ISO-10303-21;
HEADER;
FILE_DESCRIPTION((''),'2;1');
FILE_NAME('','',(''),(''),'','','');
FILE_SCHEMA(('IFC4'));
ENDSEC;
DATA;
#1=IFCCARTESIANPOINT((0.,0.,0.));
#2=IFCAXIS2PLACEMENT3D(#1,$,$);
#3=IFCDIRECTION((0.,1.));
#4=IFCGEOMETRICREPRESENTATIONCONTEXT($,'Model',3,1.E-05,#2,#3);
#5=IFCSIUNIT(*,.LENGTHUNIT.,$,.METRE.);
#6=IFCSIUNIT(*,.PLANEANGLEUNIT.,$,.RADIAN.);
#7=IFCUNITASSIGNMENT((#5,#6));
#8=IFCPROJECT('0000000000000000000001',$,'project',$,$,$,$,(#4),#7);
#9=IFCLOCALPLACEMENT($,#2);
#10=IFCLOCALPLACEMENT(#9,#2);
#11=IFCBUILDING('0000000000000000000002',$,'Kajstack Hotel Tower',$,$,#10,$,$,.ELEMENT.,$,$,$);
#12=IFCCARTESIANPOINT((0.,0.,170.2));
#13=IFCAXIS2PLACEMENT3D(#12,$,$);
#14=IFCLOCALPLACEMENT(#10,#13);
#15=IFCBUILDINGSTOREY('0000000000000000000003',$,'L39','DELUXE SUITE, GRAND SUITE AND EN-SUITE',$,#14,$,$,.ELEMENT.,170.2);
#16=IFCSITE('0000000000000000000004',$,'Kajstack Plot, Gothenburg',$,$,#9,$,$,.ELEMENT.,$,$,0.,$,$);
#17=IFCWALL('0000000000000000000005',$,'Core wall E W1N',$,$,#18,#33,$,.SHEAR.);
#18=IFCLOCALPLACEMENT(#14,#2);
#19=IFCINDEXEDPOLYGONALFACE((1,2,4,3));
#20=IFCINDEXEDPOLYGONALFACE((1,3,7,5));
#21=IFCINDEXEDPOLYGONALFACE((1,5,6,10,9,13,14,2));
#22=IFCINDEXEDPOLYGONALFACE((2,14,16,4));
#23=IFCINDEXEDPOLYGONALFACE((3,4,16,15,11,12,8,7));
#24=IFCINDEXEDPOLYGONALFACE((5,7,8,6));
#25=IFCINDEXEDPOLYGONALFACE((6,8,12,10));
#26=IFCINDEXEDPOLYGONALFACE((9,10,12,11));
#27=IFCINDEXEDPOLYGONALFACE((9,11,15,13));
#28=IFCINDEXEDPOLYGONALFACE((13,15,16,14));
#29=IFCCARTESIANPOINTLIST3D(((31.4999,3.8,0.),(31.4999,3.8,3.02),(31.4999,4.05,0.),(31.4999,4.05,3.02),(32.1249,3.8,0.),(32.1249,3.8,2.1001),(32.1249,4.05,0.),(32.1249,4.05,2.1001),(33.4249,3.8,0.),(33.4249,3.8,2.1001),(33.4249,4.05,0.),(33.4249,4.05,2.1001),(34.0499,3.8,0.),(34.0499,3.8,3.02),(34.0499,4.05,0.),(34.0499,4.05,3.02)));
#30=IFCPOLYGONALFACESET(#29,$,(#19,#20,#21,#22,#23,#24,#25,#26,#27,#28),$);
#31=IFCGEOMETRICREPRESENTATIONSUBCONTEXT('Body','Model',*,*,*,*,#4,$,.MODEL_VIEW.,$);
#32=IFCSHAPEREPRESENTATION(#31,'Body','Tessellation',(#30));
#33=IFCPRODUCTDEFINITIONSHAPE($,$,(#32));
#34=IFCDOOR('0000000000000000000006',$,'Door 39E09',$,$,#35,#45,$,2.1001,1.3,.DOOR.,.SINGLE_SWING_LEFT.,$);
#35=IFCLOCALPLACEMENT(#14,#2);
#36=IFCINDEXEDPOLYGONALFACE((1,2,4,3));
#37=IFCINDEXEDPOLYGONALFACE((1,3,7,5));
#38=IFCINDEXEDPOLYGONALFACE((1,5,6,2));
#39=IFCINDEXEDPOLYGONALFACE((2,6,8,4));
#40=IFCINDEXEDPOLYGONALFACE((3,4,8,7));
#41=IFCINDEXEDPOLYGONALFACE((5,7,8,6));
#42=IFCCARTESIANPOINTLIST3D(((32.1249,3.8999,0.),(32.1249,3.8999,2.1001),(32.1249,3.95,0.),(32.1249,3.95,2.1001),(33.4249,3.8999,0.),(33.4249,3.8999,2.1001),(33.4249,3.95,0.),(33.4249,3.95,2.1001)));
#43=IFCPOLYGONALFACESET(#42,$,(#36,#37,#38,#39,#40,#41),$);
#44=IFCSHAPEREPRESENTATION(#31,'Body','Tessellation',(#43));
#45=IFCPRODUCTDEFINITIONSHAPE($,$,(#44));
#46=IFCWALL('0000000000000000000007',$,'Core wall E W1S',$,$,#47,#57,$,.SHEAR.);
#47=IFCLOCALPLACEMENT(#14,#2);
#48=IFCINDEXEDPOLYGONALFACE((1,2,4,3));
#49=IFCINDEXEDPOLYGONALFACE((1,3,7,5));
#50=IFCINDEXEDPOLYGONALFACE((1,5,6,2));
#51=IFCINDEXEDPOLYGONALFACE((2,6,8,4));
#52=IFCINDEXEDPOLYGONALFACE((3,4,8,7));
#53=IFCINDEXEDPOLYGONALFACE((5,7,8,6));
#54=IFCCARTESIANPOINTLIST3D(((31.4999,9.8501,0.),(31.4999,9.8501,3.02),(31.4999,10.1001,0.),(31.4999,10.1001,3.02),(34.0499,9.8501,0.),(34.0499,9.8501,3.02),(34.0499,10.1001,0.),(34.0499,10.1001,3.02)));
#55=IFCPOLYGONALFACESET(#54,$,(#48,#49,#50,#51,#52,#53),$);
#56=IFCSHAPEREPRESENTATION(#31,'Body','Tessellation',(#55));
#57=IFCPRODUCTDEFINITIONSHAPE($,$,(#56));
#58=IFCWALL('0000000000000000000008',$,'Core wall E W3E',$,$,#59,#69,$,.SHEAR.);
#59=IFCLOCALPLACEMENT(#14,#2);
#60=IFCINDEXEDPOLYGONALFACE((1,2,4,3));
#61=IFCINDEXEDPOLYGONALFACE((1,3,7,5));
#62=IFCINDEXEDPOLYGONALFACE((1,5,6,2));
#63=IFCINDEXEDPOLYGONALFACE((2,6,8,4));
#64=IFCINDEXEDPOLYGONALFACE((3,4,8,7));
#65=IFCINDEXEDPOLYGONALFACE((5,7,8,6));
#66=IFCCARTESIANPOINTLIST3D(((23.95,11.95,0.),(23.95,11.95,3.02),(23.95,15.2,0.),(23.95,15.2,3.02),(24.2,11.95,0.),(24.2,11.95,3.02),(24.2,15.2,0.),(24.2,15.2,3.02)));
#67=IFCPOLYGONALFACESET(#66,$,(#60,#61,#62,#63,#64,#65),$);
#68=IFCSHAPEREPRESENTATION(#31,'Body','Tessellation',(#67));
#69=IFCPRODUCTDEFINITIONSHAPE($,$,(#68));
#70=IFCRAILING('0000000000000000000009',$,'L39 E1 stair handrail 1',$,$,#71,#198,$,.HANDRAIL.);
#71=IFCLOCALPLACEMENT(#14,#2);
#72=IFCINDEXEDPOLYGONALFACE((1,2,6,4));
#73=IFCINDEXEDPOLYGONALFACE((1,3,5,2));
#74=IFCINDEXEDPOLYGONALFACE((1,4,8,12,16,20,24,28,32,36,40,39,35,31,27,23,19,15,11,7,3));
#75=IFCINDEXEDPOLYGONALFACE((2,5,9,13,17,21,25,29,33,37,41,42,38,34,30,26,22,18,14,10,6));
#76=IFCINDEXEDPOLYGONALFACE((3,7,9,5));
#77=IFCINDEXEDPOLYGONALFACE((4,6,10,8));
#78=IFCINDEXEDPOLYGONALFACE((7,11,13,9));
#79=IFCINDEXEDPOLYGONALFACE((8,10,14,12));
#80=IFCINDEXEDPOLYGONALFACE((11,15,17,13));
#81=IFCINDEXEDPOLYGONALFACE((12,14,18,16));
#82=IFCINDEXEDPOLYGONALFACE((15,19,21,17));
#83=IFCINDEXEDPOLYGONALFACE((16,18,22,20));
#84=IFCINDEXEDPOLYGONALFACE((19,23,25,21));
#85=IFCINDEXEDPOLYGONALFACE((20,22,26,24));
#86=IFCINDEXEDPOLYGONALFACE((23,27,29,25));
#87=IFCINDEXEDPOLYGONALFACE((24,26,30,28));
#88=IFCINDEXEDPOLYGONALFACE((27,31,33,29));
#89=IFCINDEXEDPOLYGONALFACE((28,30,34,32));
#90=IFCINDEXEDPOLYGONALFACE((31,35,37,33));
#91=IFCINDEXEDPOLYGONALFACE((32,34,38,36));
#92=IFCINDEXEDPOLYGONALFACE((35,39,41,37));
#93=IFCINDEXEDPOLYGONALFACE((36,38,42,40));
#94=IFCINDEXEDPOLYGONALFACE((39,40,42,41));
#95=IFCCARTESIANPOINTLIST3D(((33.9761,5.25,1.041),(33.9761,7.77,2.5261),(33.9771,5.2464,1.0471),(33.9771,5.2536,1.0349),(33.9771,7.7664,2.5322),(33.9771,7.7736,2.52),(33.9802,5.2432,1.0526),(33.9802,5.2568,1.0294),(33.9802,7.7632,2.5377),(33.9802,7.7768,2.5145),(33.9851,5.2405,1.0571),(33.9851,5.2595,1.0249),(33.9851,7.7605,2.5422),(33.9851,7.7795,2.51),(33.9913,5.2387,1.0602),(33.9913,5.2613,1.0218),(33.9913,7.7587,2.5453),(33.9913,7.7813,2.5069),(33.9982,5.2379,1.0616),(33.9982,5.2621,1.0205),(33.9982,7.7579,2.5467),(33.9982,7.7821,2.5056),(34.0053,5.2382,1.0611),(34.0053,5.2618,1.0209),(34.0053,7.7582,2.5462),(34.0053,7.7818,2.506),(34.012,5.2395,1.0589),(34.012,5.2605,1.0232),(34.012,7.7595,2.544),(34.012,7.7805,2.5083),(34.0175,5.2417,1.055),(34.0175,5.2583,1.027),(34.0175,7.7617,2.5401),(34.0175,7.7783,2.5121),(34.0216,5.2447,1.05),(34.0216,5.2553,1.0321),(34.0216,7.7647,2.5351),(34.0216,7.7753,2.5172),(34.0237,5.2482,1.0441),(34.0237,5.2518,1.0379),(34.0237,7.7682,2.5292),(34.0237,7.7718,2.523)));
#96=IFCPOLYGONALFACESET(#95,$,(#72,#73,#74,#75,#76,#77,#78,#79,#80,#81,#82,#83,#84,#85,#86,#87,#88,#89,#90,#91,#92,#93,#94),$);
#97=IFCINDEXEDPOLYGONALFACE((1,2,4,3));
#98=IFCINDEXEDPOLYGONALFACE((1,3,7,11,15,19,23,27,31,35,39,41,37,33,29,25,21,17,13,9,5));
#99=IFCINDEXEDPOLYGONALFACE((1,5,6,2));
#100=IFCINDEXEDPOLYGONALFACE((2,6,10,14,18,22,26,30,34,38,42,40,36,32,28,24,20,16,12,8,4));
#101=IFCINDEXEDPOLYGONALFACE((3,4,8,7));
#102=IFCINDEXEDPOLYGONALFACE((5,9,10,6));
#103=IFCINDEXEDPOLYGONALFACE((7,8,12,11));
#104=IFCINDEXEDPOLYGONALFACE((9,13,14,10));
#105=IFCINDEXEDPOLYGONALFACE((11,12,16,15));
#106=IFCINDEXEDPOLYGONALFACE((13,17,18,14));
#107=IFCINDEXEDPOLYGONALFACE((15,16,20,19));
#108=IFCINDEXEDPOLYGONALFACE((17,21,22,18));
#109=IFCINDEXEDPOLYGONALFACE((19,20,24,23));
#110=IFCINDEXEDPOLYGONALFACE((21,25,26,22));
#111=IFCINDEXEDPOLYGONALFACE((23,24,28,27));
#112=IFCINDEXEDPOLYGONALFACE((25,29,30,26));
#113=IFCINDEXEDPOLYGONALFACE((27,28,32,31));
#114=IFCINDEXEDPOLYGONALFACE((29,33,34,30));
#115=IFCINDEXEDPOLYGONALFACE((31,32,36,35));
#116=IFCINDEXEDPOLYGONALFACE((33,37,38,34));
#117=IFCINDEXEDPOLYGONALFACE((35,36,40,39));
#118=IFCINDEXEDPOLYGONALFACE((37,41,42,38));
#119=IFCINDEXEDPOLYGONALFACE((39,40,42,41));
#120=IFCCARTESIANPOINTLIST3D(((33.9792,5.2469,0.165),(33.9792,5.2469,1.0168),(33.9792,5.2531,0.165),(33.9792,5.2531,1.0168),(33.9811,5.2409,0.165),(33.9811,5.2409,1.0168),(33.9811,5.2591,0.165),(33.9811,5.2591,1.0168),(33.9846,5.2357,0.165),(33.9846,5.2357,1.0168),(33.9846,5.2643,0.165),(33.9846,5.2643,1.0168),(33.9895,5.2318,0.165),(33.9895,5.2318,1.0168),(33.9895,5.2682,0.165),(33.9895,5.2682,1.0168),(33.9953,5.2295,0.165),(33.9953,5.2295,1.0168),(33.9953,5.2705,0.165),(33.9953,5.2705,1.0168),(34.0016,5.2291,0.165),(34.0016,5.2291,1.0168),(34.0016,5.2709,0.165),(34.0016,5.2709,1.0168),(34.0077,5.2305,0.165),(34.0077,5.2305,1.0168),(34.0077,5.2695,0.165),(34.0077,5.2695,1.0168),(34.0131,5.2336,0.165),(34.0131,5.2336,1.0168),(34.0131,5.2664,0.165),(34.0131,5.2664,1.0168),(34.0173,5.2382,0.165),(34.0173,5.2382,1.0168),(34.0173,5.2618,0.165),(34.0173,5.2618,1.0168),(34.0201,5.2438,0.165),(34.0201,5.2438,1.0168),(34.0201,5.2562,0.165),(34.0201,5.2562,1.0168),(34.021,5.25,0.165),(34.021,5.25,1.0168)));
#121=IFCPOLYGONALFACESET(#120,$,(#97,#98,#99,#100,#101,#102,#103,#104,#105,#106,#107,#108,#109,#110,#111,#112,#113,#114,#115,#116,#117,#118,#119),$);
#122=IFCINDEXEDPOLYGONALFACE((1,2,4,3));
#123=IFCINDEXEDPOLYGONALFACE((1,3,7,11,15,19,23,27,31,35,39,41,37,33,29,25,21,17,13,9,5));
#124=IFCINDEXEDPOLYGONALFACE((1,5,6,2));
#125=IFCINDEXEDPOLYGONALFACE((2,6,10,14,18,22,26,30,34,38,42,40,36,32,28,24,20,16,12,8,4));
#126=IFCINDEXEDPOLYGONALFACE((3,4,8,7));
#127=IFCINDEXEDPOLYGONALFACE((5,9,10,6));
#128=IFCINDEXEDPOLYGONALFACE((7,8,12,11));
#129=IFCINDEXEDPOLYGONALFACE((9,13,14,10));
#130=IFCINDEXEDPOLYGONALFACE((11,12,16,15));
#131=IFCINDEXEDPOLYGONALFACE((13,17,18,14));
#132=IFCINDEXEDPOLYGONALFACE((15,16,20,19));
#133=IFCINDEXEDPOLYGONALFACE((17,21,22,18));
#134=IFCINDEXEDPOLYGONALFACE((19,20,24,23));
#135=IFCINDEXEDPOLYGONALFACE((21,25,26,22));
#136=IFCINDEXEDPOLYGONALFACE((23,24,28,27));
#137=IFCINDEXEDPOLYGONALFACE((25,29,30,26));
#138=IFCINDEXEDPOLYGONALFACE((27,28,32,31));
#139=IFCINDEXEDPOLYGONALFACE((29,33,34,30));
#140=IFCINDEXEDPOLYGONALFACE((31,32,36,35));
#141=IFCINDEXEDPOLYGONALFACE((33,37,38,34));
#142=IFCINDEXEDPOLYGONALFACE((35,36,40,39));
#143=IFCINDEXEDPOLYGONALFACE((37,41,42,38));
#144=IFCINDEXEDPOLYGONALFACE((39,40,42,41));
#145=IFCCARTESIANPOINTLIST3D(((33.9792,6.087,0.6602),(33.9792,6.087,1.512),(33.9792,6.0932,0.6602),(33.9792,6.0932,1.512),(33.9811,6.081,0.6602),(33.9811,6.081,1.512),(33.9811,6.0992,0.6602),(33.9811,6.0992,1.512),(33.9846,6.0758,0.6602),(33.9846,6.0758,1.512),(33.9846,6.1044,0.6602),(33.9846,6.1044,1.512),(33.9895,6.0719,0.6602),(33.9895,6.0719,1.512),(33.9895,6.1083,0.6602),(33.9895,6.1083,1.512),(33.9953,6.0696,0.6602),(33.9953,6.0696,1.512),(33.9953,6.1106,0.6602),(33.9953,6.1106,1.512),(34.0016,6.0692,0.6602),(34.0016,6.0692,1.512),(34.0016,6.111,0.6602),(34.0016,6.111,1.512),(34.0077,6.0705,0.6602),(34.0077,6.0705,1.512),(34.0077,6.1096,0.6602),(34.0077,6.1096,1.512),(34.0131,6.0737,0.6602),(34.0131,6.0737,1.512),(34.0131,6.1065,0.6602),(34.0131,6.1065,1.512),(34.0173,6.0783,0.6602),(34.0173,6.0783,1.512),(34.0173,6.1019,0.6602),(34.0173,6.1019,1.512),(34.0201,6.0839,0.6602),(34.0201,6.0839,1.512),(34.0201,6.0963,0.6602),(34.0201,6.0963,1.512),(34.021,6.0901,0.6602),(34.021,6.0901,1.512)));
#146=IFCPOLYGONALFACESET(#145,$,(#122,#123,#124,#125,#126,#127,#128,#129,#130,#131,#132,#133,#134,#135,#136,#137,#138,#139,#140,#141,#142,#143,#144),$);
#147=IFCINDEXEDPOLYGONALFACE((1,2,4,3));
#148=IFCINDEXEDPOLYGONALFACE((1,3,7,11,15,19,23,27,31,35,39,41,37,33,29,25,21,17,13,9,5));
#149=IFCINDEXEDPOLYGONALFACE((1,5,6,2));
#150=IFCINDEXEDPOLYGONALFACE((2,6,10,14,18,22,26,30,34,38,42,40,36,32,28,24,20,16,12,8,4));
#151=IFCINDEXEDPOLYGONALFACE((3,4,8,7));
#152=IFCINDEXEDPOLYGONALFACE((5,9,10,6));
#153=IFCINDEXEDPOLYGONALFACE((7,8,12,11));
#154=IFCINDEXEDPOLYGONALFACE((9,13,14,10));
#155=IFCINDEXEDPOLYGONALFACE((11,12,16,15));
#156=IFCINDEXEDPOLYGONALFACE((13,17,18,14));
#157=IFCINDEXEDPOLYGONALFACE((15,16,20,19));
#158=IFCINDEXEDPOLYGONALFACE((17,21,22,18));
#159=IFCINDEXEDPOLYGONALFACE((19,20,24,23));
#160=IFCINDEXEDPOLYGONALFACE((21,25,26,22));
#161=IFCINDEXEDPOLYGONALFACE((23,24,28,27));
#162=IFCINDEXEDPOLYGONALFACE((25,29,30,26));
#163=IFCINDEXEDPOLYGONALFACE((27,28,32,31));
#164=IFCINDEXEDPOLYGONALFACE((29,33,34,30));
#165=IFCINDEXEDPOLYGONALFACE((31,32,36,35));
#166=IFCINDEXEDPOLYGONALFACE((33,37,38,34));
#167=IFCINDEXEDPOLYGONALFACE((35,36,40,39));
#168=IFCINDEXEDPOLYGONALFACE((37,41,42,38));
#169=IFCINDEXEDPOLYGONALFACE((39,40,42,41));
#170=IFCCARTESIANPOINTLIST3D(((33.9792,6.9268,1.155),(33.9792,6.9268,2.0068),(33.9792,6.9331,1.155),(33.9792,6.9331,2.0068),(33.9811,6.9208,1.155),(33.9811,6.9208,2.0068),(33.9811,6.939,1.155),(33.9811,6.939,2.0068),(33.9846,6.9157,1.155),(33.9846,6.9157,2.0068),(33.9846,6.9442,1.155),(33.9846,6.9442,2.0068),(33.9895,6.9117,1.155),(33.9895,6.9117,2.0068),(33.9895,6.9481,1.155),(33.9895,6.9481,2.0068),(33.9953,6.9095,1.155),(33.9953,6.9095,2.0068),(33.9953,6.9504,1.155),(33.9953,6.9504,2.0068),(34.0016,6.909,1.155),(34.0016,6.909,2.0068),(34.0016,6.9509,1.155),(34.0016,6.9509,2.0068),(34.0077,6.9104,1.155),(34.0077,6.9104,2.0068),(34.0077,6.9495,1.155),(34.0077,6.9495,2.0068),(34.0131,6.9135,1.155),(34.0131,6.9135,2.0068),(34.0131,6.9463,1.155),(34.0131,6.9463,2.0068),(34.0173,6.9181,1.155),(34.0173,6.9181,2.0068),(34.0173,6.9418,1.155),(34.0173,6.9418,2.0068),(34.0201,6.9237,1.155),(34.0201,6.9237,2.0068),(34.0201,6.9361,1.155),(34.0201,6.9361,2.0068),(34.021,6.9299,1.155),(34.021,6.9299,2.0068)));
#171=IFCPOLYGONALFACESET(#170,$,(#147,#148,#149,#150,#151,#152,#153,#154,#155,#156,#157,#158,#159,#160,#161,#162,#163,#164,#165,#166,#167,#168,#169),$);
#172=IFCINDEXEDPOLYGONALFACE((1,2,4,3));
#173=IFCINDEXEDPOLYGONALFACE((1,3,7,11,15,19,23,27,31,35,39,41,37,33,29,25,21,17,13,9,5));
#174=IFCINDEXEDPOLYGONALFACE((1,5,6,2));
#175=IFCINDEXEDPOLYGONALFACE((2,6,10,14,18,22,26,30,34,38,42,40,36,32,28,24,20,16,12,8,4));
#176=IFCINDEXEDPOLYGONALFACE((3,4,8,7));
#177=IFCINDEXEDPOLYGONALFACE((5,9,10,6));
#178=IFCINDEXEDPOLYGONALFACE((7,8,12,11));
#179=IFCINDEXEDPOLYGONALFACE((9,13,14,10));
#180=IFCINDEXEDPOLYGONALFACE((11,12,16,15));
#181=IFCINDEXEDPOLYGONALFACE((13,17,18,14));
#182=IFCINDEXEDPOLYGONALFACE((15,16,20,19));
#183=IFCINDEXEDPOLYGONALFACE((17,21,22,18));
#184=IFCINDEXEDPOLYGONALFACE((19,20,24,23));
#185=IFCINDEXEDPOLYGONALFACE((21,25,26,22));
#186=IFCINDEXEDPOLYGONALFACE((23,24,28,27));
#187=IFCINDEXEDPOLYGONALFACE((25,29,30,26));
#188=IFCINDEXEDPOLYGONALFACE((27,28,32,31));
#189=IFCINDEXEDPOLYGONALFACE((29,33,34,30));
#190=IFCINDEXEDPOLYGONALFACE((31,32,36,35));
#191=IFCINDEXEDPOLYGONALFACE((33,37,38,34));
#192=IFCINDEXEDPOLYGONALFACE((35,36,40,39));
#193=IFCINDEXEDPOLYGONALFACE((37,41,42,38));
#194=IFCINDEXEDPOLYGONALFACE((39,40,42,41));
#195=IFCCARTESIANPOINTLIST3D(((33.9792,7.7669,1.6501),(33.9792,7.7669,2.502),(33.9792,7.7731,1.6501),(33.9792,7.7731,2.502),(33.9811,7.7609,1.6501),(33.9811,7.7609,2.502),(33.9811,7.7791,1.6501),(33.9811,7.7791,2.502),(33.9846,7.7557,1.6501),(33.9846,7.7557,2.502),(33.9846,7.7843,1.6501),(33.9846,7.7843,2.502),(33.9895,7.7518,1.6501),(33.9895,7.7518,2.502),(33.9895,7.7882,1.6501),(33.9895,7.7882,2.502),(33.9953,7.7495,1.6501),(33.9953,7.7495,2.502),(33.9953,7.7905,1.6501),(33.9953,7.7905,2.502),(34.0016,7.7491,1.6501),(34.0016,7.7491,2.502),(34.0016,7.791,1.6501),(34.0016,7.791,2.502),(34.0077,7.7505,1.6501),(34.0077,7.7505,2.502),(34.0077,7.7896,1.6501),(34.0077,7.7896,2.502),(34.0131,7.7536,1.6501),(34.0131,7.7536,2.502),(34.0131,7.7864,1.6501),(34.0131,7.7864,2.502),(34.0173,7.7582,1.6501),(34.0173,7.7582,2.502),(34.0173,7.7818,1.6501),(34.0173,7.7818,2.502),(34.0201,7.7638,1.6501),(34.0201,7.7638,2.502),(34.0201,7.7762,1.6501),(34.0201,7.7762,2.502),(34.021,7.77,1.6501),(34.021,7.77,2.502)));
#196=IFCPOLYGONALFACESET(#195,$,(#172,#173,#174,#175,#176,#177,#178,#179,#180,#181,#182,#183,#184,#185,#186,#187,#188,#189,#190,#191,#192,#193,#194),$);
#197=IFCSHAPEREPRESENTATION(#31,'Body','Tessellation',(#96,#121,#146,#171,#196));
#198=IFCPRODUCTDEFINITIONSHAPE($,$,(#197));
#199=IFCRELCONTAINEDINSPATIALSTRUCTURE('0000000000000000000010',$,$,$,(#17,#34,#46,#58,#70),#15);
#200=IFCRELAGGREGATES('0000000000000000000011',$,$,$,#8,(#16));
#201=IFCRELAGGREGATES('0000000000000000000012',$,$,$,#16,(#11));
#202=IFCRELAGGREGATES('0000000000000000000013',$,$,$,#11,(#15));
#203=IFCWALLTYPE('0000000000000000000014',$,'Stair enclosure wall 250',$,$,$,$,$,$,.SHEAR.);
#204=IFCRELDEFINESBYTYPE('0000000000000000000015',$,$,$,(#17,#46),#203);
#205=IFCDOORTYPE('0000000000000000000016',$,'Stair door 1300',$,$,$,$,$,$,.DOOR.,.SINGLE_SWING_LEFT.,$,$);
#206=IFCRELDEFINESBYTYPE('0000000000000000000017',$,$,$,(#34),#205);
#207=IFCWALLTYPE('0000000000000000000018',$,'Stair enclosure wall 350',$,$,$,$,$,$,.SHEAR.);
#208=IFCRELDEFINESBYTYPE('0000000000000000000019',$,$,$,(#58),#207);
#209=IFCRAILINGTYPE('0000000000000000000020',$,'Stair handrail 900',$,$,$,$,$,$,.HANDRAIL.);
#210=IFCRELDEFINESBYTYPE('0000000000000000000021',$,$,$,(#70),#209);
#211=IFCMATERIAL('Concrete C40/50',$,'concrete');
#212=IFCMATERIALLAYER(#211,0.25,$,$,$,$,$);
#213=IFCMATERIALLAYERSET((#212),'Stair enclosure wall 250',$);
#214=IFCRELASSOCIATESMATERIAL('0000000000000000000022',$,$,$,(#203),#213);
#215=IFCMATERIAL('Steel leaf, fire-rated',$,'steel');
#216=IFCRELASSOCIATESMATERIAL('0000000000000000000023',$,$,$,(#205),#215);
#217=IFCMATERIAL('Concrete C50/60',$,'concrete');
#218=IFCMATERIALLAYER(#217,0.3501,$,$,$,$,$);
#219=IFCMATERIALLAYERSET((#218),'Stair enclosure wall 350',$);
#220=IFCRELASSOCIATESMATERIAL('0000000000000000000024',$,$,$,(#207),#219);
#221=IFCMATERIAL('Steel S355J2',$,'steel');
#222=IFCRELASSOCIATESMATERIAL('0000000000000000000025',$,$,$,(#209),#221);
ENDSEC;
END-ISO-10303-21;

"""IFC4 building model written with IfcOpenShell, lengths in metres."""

from ifc_helpers import new_model, si_unit, direction, frame, frame_2d, origin, origin_2d, place, context, subcontext, project, spatial, rectangle, circle, extrude, material, layer, layer_set, type_object, element, fill, save


model = new_model("IFC4")

# Units and contexts
model_context = context("Model", 3, precision=1e-05, world=origin(), true_north=direction((0.0, 1.0)))
body_context = subcontext(model_context, "Body", "Model", "MODEL_VIEW")
ifc_project = project(units=[si_unit("LENGTHUNIT", "METRE"), si_unit("PLANEANGLEUNIT", "RADIAN")], contexts=[model_context])

# Site, building, storey
site_placement = place(None, origin())
site = spatial("IfcSite", under=ifc_project, at=site_placement, Name="Kajstack Plot, Gothenburg", CompositionType="ELEMENT", RefElevation=0.0)
building_placement = place(site_placement, origin())
building = spatial("IfcBuilding", under=site, at=building_placement, Name="Kajstack Hotel Tower", CompositionType="ELEMENT")
storey_placement = place(building_placement, frame((0.0, 0.0, 170.2)))
storey = spatial("IfcBuildingStorey", under=building, at=storey_placement, Name="L39", Description="DELUXE SUITE, GRAND SUITE AND EN-SUITE", CompositionType="ELEMENT", Elevation=170.2)

# Shared definitions
ifc_material_1 = material(Name="Concrete C40/50", Category="concrete")
ifc_material_2 = material(Name="Concrete C50/60", Category="concrete")

# Wall, opening, door
ifc_layer_1 = layer(ifc_material_1, 0.25)
ifc_layer_set_1 = layer_set([ifc_layer_1], Name="Stair enclosure wall 250")
wall_type_1 = type_object("IfcWallType", Name="Stair enclosure wall 250", PredefinedType="SHEAR", material=ifc_layer_set_1)
wall_1_placement = place(storey_placement, frame((31.5, 3.925, 0.0), z_axis=(0.0, 0.0, 1.0), x_axis=(1.0, 0.0, 0.0)))
wall_1 = element("IfcWall", 1, at=wall_1_placement, inside=storey, type_object=wall_type_1, Name="Core wall E W1N", PredefinedType="SHEAR", context=body_context, shape_type="SweptSolid", body=[
    extrude(rectangle(XDim=2.55, YDim=0.25, at=frame_2d((1.2749, 0.0))), origin(), (0.0, 0.0, 1.0), 3.02),
])
opening_1_placement = place(wall_1_placement, frame((0.625, 0.0, 0.0)))
opening_1 = element("IfcOpeningElement", 2, at=opening_1_placement, cuts=wall_1, PredefinedType="OPENING", context=body_context, shape_type="SweptSolid", body=[
    extrude(rectangle(XDim=1.3, YDim=2.1001, at=frame_2d((0.6499, 1.05))), frame((0.0, 0.135, 0.0), z_axis=(0.0, -1.0, 0.0), x_axis=(1.0, 0.0, 0.0)), (0.0, 0.0, 1.0), 0.27),
])
ifc_material_3 = material(Name="Steel leaf, fire-rated", Category="steel")
door_type_1 = type_object("IfcDoorType", Name="Stair door 1300", OperationType="SINGLE_SWING_LEFT", PredefinedType="DOOR", material=ifc_material_3)
door_1_placement = place(opening_1_placement, origin())
door_1 = element("IfcDoor", 3, at=door_1_placement, inside=storey, type_object=door_type_1, Name="Door 39E09", OperationType="SINGLE_SWING_LEFT", OverallHeight=2.1001, OverallWidth=1.3, PredefinedType="DOOR", context=body_context, shape_type="SweptSolid", body=[
    extrude(rectangle(XDim=1.3, YDim=2.1001, at=frame_2d((0.6499, 1.05))), frame((0.0, 0.0249, 0.0), z_axis=(0.0, -1.0, 0.0), x_axis=(1.0, 0.0, 0.0)), (0.0, 0.0, 1.0), 0.05),
])
fill(opening_1, door_1)

# Walls
wall_2_placement = place(storey_placement, frame((31.5, 9.9751, 0.0), z_axis=(0.0, 0.0, 1.0), x_axis=(1.0, 0.0, 0.0)))
element("IfcWall", 4, at=wall_2_placement, inside=storey, type_object=wall_type_1, Name="Core wall E W1S", PredefinedType="SHEAR", context=body_context, shape_type="SweptSolid", body=[
    extrude(rectangle(XDim=2.55, YDim=0.25, at=frame_2d((1.2749, 0.0))), origin(), (0.0, 0.0, 1.0), 3.02),
])
ifc_layer_2 = layer(ifc_material_2, 0.3501)
ifc_layer_set_2 = layer_set([ifc_layer_2], Name="Stair enclosure wall 350")
wall_type_2 = type_object("IfcWallType", Name="Stair enclosure wall 350", PredefinedType="SHEAR", material=ifc_layer_set_2)
wall_3_placement = place(storey_placement, frame((24.075, 11.95, 0.0), z_axis=(0.0, 0.0, 1.0), x_axis=(0.0, 1.0, 0.0)))
element("IfcWall", 5, at=wall_3_placement, inside=storey, type_object=wall_type_2, Name="Core wall E W3E", PredefinedType="SHEAR", context=body_context, shape_type="SweptSolid", body=[
    extrude(rectangle(XDim=3.25, YDim=0.25, at=frame_2d((1.625, 0.0))), origin(), (0.0, 0.0, 1.0), 3.02),
])

# Railing
ifc_material_4 = material(Name="Steel S355J2", Category="steel")
railing_type_1 = type_object("IfcRailingType", Name="Stair handrail 900", PredefinedType="HANDRAIL", material=ifc_material_4)
railing_1_placement = place(storey_placement, frame((34.0, 5.25, 0.165)))
element("IfcRailing", 6, at=railing_1_placement, inside=storey, type_object=railing_type_1, Name="L39 E1 stair handrail 1", PredefinedType="HANDRAIL", context=body_context, shape_type="SweptSolid", body=[
    extrude(circle(Radius=0.0239, at=origin_2d()), frame((0.0, 0.0, 0.876), z_axis=(0.0, 0.861524, 0.507717), x_axis=(-1.0, 0.0, 0.0)), (0.0, 0.0, 1.0), 2.925),
    extrude(circle(Radius=0.021, at=origin_2d()), origin(), (0.0, 0.0, 1.0), 0.8518),
    extrude(circle(Radius=0.021, at=origin_2d()), frame((0.0, 0.8401, 0.4951)), (0.0, 0.0, 1.0), 0.8518),
    extrude(circle(Radius=0.021, at=origin_2d()), frame((0.0, 1.6799, 0.99)), (0.0, 0.0, 1.0), 0.8518),
    extrude(circle(Radius=0.021, at=origin_2d()), frame((0.0, 2.52, 1.4851)), (0.0, 0.0, 1.0), 0.8518),
])

save(model, "model.ifc")
